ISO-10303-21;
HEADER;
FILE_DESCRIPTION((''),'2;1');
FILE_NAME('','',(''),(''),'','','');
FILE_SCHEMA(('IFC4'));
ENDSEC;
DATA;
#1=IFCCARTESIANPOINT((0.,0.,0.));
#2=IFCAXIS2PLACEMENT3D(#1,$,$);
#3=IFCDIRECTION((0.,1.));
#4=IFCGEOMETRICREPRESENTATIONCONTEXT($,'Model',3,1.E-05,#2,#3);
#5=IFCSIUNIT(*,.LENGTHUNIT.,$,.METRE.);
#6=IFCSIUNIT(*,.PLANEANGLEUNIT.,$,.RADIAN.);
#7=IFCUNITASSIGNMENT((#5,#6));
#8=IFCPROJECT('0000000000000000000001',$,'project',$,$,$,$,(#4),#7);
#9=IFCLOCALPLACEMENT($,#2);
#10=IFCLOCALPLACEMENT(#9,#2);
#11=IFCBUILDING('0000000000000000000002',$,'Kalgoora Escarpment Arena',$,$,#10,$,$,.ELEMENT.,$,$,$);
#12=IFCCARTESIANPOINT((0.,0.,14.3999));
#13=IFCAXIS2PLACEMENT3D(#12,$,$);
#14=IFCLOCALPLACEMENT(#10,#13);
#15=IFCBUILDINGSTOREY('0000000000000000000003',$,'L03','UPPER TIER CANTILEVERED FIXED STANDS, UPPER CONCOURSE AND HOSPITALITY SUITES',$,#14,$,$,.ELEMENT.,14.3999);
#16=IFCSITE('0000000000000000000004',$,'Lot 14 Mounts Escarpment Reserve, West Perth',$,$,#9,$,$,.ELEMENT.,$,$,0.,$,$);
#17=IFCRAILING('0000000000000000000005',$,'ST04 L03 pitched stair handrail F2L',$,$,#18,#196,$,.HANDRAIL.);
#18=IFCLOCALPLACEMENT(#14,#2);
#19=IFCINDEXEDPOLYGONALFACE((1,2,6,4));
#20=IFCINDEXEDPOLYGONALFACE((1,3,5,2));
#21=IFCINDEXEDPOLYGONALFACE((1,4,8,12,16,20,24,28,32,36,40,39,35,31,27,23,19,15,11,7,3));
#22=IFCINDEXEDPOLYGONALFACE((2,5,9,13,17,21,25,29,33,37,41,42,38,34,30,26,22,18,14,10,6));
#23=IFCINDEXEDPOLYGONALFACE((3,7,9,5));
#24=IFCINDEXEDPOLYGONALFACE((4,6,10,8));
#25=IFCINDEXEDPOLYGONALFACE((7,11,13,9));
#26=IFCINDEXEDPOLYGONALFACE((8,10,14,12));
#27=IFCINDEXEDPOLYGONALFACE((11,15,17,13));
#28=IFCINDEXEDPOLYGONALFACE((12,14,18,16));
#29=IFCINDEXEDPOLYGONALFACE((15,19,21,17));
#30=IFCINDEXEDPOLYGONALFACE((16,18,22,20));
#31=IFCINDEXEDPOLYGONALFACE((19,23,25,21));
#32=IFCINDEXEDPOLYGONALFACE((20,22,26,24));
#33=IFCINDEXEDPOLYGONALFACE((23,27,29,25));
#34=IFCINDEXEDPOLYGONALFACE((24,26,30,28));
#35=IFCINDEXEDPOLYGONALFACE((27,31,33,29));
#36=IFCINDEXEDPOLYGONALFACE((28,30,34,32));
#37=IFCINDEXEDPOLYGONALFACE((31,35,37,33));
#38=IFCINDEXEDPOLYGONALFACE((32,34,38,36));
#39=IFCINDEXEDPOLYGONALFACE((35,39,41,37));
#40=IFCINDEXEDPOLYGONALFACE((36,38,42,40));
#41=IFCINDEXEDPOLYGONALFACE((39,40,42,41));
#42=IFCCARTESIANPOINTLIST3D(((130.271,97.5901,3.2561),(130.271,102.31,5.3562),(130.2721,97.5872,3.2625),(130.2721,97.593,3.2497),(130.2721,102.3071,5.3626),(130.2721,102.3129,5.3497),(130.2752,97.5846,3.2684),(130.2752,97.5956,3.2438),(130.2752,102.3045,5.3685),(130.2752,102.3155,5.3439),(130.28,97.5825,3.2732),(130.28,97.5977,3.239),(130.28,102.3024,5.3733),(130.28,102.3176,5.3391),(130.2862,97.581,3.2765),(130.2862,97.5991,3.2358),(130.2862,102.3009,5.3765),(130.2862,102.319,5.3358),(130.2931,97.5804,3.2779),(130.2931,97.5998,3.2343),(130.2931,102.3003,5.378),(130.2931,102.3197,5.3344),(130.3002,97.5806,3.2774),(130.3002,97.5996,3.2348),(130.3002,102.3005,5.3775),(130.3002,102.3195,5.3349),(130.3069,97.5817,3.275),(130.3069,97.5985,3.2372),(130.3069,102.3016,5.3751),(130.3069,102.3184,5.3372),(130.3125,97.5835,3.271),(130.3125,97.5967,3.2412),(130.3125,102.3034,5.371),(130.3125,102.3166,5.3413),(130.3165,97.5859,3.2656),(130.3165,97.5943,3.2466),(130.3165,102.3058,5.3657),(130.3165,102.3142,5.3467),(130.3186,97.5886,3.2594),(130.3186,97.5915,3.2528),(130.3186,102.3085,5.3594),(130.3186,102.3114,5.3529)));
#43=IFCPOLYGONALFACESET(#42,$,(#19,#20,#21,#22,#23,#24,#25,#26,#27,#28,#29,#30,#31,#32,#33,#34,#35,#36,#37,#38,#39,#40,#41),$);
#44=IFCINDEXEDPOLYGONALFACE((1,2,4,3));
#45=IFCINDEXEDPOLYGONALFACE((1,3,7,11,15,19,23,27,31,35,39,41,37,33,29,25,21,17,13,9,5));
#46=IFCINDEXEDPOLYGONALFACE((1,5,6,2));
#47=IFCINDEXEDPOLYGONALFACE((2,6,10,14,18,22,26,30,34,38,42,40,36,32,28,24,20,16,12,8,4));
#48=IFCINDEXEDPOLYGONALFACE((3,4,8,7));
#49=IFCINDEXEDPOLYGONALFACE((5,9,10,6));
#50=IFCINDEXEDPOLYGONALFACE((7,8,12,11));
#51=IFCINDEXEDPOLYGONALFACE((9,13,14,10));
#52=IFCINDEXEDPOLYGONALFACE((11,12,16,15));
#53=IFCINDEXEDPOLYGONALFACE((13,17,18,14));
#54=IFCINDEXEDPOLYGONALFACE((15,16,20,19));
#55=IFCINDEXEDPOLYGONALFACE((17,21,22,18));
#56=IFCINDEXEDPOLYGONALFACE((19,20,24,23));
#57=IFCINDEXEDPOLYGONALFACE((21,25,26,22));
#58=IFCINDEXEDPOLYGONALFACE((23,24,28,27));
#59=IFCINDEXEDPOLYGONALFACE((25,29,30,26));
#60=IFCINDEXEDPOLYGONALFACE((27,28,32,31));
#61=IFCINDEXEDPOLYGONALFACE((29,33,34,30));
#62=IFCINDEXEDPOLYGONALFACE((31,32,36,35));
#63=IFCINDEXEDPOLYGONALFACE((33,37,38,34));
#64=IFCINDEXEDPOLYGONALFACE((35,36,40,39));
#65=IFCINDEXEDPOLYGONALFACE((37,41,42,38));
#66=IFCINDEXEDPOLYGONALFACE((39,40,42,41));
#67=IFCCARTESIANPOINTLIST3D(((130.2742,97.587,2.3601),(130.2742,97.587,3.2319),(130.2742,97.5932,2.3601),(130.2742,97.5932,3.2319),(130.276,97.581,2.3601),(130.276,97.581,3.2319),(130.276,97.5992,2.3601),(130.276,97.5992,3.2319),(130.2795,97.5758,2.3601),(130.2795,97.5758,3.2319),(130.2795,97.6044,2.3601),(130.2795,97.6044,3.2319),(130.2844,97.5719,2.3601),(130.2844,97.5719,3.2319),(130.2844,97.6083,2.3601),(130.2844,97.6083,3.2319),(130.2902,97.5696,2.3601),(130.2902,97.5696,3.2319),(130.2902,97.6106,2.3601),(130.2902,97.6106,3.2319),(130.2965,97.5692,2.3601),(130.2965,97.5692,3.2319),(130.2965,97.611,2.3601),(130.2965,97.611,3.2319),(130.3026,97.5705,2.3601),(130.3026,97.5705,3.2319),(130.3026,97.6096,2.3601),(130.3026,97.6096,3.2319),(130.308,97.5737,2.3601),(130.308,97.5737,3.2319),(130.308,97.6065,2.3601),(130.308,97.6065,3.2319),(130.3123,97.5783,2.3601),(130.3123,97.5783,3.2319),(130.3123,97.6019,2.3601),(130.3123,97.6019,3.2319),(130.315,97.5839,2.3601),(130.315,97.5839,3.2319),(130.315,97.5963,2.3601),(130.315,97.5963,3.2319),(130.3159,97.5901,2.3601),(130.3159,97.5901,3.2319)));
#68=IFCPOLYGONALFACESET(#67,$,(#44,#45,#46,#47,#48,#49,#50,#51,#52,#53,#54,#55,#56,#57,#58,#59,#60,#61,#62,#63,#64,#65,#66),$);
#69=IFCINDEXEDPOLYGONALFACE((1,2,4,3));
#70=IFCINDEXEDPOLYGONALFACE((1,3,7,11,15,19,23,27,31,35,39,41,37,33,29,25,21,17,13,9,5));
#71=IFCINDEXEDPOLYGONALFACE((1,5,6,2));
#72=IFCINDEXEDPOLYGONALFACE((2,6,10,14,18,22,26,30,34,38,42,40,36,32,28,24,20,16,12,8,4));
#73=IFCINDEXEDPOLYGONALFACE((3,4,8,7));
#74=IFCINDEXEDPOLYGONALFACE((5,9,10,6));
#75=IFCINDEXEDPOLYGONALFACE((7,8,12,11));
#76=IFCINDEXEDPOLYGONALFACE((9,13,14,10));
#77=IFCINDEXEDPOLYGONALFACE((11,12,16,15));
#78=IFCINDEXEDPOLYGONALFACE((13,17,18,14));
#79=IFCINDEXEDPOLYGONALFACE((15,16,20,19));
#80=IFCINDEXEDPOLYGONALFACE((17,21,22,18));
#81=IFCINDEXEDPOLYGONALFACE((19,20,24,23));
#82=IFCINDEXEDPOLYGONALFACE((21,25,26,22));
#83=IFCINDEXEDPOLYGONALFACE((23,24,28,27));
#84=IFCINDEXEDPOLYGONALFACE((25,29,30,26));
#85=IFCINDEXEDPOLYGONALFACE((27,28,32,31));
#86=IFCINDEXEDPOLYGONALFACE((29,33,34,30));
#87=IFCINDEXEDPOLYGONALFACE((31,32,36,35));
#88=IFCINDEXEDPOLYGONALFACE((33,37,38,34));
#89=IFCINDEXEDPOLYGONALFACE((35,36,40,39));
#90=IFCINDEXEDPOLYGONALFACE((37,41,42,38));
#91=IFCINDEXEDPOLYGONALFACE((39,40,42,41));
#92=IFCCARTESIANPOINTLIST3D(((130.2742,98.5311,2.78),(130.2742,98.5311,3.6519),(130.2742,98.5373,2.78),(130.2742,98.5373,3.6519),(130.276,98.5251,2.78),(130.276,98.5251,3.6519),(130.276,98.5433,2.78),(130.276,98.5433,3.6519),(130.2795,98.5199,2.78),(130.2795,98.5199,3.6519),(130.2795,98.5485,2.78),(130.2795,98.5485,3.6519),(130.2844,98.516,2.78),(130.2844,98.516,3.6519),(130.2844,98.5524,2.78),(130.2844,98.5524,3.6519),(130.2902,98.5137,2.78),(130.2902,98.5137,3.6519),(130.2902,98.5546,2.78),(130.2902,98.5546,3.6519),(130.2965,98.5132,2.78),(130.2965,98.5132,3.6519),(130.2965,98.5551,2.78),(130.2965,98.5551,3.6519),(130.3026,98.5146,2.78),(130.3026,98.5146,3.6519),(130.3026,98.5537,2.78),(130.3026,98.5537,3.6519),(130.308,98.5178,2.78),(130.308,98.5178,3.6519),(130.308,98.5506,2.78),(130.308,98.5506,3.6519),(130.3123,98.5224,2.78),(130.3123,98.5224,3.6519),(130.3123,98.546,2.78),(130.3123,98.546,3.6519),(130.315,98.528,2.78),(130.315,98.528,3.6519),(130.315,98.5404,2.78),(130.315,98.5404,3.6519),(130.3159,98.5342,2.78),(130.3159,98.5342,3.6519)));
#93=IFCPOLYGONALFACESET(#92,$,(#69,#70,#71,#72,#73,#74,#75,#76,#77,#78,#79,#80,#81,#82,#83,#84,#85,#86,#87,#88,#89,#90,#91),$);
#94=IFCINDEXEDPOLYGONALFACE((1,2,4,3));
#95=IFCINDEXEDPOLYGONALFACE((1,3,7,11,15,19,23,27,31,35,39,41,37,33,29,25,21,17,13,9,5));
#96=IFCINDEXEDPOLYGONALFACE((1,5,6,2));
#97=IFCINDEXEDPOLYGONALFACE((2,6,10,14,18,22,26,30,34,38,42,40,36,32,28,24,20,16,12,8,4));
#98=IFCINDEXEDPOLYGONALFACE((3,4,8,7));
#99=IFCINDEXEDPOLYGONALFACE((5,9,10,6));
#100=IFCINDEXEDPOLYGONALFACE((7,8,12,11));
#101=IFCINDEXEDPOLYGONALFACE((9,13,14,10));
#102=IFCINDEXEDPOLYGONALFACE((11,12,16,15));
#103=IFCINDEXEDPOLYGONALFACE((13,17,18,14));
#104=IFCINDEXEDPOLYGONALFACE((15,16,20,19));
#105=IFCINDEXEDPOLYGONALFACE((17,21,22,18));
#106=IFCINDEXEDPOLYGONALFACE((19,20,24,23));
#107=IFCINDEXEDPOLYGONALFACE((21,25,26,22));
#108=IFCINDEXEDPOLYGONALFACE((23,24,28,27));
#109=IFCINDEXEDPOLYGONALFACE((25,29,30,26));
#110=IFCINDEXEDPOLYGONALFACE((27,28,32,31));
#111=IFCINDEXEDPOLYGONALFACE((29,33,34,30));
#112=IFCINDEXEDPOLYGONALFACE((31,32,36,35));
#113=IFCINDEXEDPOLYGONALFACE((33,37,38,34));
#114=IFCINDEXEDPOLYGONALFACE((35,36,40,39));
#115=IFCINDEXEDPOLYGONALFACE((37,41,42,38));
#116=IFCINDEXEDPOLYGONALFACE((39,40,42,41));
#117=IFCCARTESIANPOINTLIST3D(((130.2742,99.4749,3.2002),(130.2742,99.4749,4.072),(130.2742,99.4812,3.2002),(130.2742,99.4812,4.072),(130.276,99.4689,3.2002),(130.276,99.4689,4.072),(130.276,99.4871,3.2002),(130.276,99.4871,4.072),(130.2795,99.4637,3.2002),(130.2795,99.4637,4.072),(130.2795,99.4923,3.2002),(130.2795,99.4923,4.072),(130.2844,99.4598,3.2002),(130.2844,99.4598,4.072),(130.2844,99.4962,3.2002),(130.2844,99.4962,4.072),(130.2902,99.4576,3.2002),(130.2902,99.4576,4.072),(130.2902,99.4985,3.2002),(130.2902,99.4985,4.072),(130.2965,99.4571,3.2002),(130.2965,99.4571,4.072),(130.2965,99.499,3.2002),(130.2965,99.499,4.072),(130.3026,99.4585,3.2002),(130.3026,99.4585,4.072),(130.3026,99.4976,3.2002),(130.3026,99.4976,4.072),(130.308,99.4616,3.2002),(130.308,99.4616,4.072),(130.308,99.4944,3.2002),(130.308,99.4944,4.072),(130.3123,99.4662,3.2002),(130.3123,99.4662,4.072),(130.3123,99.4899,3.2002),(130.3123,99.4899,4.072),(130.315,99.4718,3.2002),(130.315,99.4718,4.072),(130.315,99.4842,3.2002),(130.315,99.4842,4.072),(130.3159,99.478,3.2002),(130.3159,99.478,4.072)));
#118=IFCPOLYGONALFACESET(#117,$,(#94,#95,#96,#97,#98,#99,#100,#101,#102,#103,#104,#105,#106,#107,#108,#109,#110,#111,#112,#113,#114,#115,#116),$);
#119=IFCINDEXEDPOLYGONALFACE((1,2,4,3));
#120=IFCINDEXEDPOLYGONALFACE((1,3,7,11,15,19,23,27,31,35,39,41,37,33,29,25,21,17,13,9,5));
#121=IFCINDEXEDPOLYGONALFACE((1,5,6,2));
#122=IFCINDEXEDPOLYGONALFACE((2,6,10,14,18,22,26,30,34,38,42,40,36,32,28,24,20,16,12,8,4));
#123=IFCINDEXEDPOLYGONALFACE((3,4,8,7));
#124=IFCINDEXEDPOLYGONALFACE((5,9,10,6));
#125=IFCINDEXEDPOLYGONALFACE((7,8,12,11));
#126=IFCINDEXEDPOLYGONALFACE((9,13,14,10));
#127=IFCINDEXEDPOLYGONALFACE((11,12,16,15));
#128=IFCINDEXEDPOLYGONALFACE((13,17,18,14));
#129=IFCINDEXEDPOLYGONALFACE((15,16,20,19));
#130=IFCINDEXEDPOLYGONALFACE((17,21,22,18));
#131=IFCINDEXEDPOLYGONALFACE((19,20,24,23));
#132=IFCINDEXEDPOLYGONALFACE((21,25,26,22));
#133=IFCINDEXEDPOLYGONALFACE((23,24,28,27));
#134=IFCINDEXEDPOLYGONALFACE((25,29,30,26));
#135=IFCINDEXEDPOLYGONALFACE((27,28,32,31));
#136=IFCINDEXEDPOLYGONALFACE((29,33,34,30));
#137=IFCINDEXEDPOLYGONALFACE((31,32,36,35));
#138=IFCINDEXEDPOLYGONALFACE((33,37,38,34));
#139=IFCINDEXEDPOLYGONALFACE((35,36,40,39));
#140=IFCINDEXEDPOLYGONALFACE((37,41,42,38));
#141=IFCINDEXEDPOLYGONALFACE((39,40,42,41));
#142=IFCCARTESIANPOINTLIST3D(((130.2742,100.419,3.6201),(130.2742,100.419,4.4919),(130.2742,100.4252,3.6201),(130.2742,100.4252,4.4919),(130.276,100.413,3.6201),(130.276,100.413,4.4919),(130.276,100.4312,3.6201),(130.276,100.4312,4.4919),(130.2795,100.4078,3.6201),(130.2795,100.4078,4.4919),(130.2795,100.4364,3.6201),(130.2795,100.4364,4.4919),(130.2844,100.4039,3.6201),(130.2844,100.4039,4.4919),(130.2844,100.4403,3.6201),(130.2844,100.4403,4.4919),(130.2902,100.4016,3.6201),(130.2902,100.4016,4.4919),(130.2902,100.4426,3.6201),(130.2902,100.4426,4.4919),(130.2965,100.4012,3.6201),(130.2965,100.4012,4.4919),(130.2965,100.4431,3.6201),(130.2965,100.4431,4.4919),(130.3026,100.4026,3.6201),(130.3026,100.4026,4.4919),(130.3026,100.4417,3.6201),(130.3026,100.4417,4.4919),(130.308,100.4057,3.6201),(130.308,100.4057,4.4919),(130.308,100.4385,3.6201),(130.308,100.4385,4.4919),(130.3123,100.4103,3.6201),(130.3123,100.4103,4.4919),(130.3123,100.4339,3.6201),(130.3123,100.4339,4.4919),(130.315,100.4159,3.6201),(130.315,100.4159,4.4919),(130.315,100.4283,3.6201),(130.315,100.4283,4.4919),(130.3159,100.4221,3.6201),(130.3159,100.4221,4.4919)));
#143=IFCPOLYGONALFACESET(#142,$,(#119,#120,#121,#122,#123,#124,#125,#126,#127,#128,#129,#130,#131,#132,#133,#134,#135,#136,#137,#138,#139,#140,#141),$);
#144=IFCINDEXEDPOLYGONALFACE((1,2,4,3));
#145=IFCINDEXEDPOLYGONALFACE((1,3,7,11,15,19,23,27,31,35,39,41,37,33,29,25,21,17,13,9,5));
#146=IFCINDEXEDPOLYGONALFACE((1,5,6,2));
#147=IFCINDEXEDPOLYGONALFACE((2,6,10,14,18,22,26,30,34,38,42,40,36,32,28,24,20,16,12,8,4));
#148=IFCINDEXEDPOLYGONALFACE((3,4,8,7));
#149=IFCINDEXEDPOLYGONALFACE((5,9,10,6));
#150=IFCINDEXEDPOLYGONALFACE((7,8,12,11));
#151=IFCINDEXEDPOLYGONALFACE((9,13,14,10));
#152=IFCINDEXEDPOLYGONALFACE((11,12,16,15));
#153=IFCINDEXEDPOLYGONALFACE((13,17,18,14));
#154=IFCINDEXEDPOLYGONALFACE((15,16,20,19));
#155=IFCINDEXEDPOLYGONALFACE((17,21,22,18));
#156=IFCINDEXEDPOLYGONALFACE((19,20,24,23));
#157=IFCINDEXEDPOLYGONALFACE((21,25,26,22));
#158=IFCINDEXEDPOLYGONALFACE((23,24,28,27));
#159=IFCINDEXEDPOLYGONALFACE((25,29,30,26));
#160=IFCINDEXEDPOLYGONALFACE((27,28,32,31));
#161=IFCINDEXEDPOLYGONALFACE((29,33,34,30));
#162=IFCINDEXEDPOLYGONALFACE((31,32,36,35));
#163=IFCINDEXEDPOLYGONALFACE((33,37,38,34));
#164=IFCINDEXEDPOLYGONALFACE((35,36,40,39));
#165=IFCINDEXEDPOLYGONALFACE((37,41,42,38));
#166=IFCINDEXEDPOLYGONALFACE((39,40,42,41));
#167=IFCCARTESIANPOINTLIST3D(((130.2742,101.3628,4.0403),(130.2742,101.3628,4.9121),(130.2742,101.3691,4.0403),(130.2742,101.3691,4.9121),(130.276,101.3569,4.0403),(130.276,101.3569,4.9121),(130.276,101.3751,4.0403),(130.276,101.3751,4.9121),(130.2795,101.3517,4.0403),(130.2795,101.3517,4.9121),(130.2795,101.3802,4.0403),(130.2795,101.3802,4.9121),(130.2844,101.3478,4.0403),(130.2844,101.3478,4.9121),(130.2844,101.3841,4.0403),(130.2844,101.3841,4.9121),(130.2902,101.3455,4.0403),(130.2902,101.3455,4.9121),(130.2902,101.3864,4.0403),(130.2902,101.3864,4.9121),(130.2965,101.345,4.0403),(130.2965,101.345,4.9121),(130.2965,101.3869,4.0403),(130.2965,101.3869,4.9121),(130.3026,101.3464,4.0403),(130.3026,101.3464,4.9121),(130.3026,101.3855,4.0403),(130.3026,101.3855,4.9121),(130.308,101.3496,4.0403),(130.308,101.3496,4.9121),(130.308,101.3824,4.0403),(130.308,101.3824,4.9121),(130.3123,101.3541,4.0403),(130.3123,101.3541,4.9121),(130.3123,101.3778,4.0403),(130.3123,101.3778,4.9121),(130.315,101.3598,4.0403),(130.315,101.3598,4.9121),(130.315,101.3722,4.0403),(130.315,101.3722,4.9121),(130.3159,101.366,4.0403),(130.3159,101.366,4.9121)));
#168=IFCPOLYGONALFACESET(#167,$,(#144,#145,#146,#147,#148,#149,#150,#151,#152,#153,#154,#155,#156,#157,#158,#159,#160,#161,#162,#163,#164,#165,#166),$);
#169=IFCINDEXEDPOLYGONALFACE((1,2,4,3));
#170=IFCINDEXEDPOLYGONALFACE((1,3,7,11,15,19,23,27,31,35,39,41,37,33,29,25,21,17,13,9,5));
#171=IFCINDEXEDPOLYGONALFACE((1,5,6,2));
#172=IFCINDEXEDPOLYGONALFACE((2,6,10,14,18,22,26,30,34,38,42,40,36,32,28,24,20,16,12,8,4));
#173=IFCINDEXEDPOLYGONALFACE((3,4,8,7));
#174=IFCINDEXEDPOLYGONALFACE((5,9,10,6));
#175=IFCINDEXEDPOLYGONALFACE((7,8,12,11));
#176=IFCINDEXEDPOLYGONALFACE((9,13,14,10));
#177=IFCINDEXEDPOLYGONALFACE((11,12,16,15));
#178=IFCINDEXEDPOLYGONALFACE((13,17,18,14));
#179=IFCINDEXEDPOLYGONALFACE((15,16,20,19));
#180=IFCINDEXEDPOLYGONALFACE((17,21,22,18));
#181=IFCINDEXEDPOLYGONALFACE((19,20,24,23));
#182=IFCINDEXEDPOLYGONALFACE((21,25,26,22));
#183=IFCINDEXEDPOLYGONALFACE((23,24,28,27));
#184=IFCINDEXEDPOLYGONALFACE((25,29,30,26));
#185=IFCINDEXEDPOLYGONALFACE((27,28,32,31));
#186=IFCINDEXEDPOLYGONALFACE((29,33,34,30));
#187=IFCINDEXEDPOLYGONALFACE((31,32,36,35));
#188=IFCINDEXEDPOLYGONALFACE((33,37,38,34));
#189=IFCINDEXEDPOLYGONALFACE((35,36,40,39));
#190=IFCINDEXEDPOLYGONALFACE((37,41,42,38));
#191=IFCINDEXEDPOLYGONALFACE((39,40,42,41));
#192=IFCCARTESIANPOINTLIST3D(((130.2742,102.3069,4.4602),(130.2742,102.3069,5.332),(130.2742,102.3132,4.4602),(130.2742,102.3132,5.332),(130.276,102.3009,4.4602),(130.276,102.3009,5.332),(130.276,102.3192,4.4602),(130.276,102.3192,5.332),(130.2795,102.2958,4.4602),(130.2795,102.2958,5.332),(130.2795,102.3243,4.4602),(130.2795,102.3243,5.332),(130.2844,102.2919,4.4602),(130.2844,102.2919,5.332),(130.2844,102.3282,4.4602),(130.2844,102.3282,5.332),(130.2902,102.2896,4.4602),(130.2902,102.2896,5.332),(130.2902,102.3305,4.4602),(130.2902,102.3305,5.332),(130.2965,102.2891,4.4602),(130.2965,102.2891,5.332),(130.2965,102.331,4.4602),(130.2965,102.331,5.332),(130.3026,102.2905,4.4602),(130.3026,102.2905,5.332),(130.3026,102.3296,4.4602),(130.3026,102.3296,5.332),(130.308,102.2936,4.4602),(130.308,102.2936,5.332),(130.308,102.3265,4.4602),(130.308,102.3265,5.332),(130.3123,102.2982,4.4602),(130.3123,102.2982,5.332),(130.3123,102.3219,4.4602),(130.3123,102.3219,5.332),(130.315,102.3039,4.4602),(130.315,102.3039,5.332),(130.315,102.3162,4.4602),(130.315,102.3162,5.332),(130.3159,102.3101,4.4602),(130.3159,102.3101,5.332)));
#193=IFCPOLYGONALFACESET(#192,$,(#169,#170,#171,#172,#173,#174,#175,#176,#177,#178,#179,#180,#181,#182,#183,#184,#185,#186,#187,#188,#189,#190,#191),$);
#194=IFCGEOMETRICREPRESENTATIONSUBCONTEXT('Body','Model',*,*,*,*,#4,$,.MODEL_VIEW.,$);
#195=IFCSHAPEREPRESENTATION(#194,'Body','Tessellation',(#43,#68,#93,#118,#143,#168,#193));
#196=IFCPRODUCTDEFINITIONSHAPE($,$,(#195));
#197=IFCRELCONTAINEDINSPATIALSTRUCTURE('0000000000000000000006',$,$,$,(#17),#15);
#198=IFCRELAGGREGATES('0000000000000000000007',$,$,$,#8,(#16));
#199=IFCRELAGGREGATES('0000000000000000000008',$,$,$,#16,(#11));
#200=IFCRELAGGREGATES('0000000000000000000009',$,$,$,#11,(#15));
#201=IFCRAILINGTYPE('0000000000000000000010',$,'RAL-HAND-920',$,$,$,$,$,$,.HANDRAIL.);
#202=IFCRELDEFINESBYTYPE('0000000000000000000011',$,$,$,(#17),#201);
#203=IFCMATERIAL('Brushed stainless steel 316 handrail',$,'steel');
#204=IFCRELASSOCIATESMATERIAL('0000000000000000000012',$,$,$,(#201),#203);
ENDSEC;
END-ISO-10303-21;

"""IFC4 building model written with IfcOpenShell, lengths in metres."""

from ifc_helpers import new_model, si_unit, direction, frame, origin, origin_2d, place, context, subcontext, project, spatial, circle, extrude, material, type_object, element, save


model = new_model("IFC4")

# Units and contexts
model_context = context("Model", 3, precision=1e-05, world=origin(), true_north=direction((0.0, 1.0)))
body_context = subcontext(model_context, "Body", "Model", "MODEL_VIEW")
ifc_project = project(units=[si_unit("LENGTHUNIT", "METRE"), si_unit("PLANEANGLEUNIT", "RADIAN")], contexts=[model_context])

# Site, building, storey
site_placement = place(None, origin())
site = spatial("IfcSite", under=ifc_project, at=site_placement, Name="Lot 14 Mounts Escarpment Reserve, West Perth", CompositionType="ELEMENT", RefElevation=0.0)
building_placement = place(site_placement, origin())
building = spatial("IfcBuilding", under=site, at=building_placement, Name="Kalgoora Escarpment Arena", CompositionType="ELEMENT")
storey_placement = place(building_placement, frame((0.0, 0.0, 14.3999)))
storey = spatial("IfcBuildingStorey", under=building, at=storey_placement, Name="L03", Description="UPPER TIER CANTILEVERED FIXED STANDS, UPPER CONCOURSE AND HOSPITALITY SUITES", CompositionType="ELEMENT", Elevation=14.3999)

# Railing
ifc_material_1 = material(Name="Brushed stainless steel 316 handrail", Category="steel")
railing_type_1 = type_object("IfcRailingType", Name="RAL-HAND-920", PredefinedType="HANDRAIL", material=ifc_material_1)
for number, where, name in (
    (1, (130.2949, 97.5901, 2.3601), "ST04 L03 pitched stair handrail F2L"),
):
    element("IfcRailing", number, at=place(storey_placement, frame(where)), inside=storey, type_object=railing_type_1, Name=name, PredefinedType="HANDRAIL", context=body_context, shape_type="SweptSolid", body=[
        extrude(circle(Radius=0.0239, at=origin_2d()), frame((0.0, 0.0, 0.896), z_axis=(0.0, 0.913644, 0.406516), x_axis=(-1.0, 0.0, 0.0)), (0.0, 0.0, 1.0), 5.166),
        extrude(circle(Radius=0.021, at=origin_2d()), origin(), (0.0, 0.0, 1.0), 0.8718),
        extrude(circle(Radius=0.021, at=origin_2d()), frame((0.0, 0.9441, 0.4199)), (0.0, 0.0, 1.0), 0.8718),
        extrude(circle(Radius=0.021, at=origin_2d()), frame((0.0, 1.8879, 0.8401)), (0.0, 0.0, 1.0), 0.8718),
        extrude(circle(Radius=0.021, at=origin_2d()), frame((0.0, 2.832, 1.26)), (0.0, 0.0, 1.0), 0.8718),
        extrude(circle(Radius=0.021, at=origin_2d()), frame((0.0, 3.7759, 1.6802)), (0.0, 0.0, 1.0), 0.8718),
        extrude(circle(Radius=0.021, at=origin_2d()), frame((0.0, 4.72, 2.1001)), (0.0, 0.0, 1.0), 0.8718),
    ])

save(model, "model.ifc")
